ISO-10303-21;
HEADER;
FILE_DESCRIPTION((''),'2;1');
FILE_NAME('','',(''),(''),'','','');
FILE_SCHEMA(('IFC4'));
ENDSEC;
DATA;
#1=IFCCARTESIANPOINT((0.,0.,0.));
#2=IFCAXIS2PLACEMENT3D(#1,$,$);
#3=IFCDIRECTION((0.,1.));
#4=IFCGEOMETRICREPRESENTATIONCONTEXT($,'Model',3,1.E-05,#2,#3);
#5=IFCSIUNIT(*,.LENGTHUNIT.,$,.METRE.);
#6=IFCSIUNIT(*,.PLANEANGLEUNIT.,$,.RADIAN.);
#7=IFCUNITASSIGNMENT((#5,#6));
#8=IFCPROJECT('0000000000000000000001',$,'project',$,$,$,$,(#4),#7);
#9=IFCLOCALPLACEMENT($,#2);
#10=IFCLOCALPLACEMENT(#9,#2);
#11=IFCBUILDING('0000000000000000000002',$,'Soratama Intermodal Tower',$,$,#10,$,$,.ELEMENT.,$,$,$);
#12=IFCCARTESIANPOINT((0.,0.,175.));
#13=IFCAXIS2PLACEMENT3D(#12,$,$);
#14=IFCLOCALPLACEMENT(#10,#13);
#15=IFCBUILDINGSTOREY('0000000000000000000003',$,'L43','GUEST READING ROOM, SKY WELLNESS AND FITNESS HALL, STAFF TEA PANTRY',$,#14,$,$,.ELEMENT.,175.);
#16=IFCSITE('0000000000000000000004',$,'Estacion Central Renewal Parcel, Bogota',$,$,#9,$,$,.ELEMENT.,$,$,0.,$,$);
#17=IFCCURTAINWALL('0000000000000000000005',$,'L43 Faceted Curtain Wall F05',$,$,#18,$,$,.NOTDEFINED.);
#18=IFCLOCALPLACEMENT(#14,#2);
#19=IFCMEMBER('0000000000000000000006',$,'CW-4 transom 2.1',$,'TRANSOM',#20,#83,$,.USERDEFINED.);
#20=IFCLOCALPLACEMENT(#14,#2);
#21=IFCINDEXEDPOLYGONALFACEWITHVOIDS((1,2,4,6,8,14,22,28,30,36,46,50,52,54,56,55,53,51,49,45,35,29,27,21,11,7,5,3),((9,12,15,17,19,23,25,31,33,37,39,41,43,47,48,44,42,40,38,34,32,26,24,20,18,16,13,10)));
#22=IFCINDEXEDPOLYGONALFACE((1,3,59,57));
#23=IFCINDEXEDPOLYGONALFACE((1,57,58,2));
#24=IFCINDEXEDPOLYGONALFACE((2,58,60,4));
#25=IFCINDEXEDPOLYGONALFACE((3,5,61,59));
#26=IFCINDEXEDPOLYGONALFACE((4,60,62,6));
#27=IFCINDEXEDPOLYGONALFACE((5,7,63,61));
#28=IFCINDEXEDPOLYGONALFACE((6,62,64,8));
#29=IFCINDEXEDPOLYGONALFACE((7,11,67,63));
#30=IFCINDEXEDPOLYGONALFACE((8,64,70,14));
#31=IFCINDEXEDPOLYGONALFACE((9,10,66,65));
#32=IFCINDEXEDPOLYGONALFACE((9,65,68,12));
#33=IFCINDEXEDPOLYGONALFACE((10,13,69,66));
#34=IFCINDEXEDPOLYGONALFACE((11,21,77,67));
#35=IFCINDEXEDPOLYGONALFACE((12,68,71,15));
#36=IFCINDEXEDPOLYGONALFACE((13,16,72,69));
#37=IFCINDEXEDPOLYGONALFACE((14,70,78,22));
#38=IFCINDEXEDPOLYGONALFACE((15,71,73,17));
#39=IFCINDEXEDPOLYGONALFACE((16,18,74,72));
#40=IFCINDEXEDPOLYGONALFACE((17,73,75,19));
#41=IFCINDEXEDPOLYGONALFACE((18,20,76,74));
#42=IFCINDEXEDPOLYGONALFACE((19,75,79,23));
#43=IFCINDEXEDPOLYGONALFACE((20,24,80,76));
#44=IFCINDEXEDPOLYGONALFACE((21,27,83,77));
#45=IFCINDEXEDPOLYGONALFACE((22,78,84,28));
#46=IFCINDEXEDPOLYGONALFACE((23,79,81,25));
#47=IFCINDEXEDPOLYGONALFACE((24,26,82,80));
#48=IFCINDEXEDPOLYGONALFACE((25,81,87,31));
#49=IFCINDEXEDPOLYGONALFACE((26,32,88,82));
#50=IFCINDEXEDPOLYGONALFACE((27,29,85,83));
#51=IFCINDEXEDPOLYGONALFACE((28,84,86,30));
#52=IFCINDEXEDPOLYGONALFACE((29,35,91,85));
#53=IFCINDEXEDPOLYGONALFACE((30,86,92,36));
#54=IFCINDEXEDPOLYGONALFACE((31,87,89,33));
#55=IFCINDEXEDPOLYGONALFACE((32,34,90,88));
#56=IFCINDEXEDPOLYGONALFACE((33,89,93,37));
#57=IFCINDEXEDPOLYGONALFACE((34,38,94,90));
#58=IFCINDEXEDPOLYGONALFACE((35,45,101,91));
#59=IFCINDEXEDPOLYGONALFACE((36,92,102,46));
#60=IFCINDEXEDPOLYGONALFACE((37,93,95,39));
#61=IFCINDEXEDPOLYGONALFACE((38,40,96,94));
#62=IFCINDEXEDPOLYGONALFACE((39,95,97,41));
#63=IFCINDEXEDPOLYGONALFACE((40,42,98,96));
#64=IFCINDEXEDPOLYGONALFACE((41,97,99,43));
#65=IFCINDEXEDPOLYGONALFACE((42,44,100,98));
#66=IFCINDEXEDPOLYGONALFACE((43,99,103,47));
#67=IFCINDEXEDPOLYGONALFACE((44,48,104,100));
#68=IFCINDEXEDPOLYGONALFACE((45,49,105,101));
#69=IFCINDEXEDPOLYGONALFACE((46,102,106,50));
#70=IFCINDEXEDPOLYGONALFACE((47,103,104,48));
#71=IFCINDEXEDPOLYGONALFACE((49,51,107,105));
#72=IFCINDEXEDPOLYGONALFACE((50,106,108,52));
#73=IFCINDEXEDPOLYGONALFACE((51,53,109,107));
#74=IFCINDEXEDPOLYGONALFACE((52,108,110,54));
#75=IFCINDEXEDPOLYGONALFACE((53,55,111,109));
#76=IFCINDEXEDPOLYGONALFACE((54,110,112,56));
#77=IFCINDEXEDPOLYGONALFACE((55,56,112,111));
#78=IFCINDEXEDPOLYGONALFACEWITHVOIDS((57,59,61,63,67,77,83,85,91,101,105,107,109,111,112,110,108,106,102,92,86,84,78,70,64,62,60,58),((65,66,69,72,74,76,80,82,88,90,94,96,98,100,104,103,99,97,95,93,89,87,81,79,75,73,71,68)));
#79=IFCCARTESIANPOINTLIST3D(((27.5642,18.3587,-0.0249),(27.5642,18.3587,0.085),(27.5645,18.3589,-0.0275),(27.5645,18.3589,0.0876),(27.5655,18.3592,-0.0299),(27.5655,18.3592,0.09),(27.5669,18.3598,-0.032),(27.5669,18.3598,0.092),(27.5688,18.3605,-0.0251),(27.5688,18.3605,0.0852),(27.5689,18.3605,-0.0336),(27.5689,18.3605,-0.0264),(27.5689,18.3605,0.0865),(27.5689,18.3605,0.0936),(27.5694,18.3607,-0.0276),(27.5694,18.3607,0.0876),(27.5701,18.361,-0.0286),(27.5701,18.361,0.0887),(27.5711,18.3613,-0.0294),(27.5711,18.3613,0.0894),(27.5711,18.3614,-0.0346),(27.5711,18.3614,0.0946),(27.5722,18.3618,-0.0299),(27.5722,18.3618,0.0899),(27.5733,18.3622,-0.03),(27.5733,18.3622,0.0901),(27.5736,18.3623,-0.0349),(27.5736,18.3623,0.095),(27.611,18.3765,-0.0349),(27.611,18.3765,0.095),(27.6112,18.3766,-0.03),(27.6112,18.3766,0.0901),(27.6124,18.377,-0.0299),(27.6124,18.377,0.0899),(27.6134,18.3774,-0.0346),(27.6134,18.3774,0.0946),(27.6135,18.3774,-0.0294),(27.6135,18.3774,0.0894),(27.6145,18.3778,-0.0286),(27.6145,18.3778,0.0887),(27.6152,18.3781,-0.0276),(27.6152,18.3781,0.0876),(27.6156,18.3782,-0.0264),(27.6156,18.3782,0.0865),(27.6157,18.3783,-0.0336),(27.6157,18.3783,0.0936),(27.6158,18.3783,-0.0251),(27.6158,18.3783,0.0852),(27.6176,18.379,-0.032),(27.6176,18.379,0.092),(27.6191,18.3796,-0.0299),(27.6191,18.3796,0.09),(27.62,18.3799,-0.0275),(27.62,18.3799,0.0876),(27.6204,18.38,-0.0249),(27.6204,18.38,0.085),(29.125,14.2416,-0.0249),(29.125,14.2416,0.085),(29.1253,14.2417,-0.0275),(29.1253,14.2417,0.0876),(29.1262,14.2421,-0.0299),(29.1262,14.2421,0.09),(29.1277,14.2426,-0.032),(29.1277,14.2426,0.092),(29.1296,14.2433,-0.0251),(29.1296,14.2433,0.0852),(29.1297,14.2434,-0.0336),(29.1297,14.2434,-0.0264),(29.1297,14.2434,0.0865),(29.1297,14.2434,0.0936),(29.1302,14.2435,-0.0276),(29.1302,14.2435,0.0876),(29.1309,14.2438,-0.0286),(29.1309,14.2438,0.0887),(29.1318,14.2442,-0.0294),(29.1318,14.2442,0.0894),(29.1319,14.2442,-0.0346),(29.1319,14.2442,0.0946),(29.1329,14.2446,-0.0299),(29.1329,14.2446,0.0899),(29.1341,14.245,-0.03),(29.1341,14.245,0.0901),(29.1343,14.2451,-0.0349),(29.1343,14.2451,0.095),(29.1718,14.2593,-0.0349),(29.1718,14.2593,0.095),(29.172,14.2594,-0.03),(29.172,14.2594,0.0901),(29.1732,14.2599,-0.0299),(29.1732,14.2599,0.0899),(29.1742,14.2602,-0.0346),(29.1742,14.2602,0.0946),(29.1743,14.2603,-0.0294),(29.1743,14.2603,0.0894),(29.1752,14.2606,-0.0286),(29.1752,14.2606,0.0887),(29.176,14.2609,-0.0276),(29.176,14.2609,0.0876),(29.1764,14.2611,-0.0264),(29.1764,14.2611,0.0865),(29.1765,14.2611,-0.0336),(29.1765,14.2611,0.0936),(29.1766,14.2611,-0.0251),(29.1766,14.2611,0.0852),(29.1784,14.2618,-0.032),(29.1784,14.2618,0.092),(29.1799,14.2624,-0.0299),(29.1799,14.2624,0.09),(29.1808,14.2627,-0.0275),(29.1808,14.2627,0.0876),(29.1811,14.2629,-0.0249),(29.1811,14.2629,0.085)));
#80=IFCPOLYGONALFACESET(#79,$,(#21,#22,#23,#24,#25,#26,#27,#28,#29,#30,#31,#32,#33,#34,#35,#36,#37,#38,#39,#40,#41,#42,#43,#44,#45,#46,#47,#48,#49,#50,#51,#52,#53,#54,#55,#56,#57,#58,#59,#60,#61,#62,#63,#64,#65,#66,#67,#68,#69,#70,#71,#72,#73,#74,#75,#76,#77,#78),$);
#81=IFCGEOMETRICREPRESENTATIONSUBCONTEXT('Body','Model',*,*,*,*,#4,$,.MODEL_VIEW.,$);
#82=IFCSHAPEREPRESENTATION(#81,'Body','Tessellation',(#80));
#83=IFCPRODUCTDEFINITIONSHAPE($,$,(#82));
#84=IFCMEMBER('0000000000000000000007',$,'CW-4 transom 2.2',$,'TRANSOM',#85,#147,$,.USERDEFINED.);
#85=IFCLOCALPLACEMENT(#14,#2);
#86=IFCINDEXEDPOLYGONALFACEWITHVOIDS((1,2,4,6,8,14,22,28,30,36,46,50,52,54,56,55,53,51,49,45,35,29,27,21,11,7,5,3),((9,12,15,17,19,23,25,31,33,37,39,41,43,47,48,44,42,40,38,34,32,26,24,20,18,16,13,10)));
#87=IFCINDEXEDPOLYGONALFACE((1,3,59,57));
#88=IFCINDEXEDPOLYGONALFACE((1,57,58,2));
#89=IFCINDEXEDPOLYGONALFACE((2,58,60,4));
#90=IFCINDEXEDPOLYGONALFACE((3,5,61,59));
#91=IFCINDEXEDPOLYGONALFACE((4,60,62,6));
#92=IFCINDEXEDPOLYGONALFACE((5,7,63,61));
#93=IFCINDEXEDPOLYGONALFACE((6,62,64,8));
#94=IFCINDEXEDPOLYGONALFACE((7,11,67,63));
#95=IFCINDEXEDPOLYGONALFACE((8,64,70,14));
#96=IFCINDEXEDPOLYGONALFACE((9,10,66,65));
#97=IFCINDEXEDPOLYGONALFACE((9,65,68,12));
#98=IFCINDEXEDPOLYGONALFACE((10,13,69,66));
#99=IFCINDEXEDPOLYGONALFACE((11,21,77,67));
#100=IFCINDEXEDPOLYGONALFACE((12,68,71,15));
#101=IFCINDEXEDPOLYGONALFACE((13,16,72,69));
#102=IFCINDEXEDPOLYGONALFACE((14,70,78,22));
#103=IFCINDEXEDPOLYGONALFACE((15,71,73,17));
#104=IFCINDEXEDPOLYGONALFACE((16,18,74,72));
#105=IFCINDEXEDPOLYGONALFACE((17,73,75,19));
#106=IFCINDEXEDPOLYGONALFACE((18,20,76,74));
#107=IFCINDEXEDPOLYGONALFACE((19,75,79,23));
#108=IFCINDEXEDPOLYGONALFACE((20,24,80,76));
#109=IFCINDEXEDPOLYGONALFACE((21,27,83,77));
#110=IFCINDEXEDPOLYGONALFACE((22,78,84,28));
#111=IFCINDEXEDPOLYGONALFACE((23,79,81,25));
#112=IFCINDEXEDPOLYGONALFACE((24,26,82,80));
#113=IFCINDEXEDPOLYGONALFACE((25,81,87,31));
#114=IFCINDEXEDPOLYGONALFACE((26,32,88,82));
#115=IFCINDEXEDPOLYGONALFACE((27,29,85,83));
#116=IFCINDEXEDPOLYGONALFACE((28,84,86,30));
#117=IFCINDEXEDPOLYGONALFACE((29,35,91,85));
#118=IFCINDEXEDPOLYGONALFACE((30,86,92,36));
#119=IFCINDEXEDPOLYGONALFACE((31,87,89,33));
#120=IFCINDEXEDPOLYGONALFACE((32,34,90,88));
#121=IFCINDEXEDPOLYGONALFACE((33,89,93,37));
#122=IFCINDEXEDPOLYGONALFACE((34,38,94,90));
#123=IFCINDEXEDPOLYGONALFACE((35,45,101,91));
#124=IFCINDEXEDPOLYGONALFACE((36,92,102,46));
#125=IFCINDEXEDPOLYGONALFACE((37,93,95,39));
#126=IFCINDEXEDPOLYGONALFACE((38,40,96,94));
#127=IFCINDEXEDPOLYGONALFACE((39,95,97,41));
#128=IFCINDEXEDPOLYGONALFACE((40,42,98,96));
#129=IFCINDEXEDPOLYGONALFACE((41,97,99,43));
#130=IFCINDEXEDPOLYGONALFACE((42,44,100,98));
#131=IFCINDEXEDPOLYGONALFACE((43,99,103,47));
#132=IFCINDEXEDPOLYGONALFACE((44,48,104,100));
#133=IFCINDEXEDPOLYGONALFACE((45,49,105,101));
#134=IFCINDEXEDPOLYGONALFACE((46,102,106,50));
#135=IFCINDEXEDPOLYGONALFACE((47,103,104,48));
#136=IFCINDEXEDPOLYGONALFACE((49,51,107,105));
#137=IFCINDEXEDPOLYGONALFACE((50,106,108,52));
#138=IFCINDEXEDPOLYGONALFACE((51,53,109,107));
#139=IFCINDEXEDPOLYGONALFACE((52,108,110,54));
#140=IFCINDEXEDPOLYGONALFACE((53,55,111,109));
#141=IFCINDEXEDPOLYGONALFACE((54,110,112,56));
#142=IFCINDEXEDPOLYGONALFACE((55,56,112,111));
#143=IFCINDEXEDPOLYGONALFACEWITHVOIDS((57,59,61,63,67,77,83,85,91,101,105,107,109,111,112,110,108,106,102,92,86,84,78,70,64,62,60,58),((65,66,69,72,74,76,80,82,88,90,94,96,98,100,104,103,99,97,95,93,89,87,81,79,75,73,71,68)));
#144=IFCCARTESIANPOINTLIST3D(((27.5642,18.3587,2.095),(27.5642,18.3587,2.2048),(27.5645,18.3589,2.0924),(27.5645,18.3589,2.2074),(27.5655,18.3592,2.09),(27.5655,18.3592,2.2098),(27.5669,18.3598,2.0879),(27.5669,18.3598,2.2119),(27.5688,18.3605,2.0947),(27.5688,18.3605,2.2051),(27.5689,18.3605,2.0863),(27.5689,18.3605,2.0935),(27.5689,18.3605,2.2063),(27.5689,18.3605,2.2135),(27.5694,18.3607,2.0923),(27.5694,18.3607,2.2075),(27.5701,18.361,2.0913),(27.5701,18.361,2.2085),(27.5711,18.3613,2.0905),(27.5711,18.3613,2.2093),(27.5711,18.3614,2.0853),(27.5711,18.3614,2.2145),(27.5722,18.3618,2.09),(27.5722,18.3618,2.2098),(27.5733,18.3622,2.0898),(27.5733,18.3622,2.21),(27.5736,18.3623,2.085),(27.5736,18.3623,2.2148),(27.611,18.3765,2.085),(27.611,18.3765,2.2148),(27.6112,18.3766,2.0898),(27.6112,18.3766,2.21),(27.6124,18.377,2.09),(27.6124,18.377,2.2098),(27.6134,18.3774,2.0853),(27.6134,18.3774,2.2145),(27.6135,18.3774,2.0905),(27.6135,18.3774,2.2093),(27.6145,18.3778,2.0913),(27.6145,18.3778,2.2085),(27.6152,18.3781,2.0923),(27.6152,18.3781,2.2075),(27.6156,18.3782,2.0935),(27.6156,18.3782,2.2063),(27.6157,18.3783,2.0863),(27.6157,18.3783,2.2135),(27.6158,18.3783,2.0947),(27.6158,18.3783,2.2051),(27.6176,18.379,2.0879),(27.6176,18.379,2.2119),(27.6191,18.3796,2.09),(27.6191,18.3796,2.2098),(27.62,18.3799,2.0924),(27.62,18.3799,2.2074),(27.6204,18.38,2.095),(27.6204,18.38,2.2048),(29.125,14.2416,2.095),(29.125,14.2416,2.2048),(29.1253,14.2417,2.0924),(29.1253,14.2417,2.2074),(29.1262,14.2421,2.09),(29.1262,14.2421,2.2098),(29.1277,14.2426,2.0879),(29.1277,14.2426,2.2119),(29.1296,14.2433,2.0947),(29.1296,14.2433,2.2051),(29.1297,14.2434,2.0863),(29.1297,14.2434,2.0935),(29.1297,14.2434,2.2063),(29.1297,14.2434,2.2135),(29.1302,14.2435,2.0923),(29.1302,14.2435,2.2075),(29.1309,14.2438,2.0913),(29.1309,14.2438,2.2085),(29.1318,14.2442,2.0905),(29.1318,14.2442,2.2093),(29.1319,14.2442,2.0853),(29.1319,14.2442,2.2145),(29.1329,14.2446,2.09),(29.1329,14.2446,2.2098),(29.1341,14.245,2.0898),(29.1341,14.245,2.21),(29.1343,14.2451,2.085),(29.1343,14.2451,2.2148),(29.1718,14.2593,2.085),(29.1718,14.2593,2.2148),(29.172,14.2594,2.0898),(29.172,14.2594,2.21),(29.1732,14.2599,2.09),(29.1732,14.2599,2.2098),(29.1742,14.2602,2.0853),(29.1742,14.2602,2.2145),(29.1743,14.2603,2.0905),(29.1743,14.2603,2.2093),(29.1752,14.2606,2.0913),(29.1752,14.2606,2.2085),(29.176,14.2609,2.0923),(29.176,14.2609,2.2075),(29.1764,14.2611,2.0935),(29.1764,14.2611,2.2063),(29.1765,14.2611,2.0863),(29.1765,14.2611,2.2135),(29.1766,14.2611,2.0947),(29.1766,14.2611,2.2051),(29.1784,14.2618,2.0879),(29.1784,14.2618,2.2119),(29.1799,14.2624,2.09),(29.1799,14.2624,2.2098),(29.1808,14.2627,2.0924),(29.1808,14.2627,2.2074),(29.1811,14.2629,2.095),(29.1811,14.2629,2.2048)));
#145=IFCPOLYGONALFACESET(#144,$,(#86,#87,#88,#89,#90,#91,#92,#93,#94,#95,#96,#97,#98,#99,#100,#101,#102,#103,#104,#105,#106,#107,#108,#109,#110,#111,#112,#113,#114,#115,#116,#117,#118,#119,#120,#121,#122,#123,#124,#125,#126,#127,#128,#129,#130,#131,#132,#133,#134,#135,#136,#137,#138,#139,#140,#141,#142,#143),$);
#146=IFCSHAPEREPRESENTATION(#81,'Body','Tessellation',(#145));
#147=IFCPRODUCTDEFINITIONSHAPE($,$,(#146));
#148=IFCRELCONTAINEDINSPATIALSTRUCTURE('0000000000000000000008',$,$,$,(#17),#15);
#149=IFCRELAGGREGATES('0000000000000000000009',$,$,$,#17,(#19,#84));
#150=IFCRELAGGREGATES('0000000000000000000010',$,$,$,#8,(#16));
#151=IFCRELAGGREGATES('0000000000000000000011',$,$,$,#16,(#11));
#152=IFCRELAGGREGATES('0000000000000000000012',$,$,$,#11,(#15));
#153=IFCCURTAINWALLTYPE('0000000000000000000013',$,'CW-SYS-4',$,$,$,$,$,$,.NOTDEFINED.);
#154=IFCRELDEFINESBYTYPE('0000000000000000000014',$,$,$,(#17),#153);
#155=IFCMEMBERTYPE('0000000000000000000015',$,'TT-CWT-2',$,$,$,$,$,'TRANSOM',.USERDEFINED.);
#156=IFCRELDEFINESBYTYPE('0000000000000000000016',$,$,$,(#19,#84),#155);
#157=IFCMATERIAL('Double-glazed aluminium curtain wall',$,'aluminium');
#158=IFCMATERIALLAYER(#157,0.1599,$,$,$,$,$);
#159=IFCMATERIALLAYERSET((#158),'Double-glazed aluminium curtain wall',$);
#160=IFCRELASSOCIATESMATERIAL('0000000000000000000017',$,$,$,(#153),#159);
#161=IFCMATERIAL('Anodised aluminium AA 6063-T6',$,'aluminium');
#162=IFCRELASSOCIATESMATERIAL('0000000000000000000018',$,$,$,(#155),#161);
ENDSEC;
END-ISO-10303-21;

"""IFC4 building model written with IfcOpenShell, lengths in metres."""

from ifc_helpers import new_model, si_unit, direction, frame, origin, origin_2d, place, context, subcontext, project, spatial, hollow_rectangle, extrude, material, layer, layer_set, material_profile, profile_set, type_object, element, aggregate, save


model = new_model("IFC4")

# Units and contexts
model_context = context("Model", 3, precision=1e-05, world=origin(), true_north=direction((0.0, 1.0)))
body_context = subcontext(model_context, "Body", "Model", "MODEL_VIEW")
ifc_project = project(units=[si_unit("LENGTHUNIT", "METRE"), si_unit("PLANEANGLEUNIT", "RADIAN")], contexts=[model_context])

# Site, building, storey
site_placement = place(None, origin())
site = spatial("IfcSite", under=ifc_project, at=site_placement, Name="Estacion Central Renewal Parcel, Bogota", CompositionType="ELEMENT", RefElevation=0.0)
building_placement = place(site_placement, origin())
building = spatial("IfcBuilding", under=site, at=building_placement, Name="Soratama Intermodal Tower", CompositionType="ELEMENT")
storey_placement = place(building_placement, frame((0.0, 0.0, 175.0)))
storey = spatial("IfcBuildingStorey", under=building, at=storey_placement, Name="L43", Description="GUEST READING ROOM, SKY WELLNESS AND FITNESS HALL, STAFF TEA PANTRY", CompositionType="ELEMENT", Elevation=175.0)

# Curtain wall, members
ifc_material_1 = material(Name="Double-glazed aluminium curtain wall", Category="aluminium")
ifc_layer_1 = layer(ifc_material_1, 0.1599)
ifc_layer_set_1 = layer_set([ifc_layer_1], Name="Double-glazed aluminium curtain wall")
curtain_wall_type = type_object("IfcCurtainWallType", Name="CW-SYS-4", PredefinedType="NOTDEFINED", material=ifc_layer_set_1)
curtain_wall_placement = place(storey_placement, origin())
curtain_wall = element("IfcCurtainWall", 1, at=curtain_wall_placement, inside=storey, type_object=curtain_wall_type, Name="L43 Faceted Curtain Wall F05", PredefinedType="NOTDEFINED")
ifc_material_2 = material(Name="Anodised aluminium AA 6063-T6", Category="aluminium")
ifc_material_profile_1 = material_profile(ifc_material_2, hollow_rectangle(XDim=0.0601, YDim=0.1299, WallThickness=0.0049, InnerFilletRadius=0.0049, OuterFilletRadius=0.01, at=origin_2d()), Name="CWT130X60X5")
ifc_profile_set_1 = profile_set([ifc_material_profile_1], Name="Anodised aluminium AA 6063-T6")
member_type_1 = type_object("IfcMemberType", Name="TT-CWT-2", ElementType="TRANSOM", PredefinedType="USERDEFINED", material=ifc_profile_set_1)
member_1_placement = place(storey_placement, frame((27.5923, 18.3694, 0.03), z_axis=(0.354475, -0.935065, 0.0), x_axis=(0.935065, 0.354475, 0.0)))
member_1 = element("IfcMember", 2, at=member_1_placement, type_object=member_type_1, Name="CW-4 transom 2.1", ObjectType="TRANSOM", PredefinedType="USERDEFINED", context=body_context, shape_type="SweptSolid", body=[
    extrude(hollow_rectangle(XDim=0.0601, YDim=0.1299, WallThickness=0.0049, InnerFilletRadius=0.0049, OuterFilletRadius=0.01, at=origin_2d()), origin(), (0.0, 0.0, 1.0), 4.4031),
])
member_2_placement = place(storey_placement, frame((27.5923, 18.3694, 2.1499), z_axis=(0.354475, -0.935065, 0.0), x_axis=(0.935065, 0.354475, 0.0)))
member_2 = element("IfcMember", 3, at=member_2_placement, type_object=member_type_1, Name="CW-4 transom 2.2", ObjectType="TRANSOM", PredefinedType="USERDEFINED", context=body_context, shape_type="SweptSolid", body=[
    extrude(hollow_rectangle(XDim=0.0601, YDim=0.1299, WallThickness=0.0049, InnerFilletRadius=0.0049, OuterFilletRadius=0.01, at=origin_2d()), origin(), (0.0, 0.0, 1.0), 4.4031),
])
aggregate(curtain_wall, [member_1, member_2])

save(model, "model.ifc")
